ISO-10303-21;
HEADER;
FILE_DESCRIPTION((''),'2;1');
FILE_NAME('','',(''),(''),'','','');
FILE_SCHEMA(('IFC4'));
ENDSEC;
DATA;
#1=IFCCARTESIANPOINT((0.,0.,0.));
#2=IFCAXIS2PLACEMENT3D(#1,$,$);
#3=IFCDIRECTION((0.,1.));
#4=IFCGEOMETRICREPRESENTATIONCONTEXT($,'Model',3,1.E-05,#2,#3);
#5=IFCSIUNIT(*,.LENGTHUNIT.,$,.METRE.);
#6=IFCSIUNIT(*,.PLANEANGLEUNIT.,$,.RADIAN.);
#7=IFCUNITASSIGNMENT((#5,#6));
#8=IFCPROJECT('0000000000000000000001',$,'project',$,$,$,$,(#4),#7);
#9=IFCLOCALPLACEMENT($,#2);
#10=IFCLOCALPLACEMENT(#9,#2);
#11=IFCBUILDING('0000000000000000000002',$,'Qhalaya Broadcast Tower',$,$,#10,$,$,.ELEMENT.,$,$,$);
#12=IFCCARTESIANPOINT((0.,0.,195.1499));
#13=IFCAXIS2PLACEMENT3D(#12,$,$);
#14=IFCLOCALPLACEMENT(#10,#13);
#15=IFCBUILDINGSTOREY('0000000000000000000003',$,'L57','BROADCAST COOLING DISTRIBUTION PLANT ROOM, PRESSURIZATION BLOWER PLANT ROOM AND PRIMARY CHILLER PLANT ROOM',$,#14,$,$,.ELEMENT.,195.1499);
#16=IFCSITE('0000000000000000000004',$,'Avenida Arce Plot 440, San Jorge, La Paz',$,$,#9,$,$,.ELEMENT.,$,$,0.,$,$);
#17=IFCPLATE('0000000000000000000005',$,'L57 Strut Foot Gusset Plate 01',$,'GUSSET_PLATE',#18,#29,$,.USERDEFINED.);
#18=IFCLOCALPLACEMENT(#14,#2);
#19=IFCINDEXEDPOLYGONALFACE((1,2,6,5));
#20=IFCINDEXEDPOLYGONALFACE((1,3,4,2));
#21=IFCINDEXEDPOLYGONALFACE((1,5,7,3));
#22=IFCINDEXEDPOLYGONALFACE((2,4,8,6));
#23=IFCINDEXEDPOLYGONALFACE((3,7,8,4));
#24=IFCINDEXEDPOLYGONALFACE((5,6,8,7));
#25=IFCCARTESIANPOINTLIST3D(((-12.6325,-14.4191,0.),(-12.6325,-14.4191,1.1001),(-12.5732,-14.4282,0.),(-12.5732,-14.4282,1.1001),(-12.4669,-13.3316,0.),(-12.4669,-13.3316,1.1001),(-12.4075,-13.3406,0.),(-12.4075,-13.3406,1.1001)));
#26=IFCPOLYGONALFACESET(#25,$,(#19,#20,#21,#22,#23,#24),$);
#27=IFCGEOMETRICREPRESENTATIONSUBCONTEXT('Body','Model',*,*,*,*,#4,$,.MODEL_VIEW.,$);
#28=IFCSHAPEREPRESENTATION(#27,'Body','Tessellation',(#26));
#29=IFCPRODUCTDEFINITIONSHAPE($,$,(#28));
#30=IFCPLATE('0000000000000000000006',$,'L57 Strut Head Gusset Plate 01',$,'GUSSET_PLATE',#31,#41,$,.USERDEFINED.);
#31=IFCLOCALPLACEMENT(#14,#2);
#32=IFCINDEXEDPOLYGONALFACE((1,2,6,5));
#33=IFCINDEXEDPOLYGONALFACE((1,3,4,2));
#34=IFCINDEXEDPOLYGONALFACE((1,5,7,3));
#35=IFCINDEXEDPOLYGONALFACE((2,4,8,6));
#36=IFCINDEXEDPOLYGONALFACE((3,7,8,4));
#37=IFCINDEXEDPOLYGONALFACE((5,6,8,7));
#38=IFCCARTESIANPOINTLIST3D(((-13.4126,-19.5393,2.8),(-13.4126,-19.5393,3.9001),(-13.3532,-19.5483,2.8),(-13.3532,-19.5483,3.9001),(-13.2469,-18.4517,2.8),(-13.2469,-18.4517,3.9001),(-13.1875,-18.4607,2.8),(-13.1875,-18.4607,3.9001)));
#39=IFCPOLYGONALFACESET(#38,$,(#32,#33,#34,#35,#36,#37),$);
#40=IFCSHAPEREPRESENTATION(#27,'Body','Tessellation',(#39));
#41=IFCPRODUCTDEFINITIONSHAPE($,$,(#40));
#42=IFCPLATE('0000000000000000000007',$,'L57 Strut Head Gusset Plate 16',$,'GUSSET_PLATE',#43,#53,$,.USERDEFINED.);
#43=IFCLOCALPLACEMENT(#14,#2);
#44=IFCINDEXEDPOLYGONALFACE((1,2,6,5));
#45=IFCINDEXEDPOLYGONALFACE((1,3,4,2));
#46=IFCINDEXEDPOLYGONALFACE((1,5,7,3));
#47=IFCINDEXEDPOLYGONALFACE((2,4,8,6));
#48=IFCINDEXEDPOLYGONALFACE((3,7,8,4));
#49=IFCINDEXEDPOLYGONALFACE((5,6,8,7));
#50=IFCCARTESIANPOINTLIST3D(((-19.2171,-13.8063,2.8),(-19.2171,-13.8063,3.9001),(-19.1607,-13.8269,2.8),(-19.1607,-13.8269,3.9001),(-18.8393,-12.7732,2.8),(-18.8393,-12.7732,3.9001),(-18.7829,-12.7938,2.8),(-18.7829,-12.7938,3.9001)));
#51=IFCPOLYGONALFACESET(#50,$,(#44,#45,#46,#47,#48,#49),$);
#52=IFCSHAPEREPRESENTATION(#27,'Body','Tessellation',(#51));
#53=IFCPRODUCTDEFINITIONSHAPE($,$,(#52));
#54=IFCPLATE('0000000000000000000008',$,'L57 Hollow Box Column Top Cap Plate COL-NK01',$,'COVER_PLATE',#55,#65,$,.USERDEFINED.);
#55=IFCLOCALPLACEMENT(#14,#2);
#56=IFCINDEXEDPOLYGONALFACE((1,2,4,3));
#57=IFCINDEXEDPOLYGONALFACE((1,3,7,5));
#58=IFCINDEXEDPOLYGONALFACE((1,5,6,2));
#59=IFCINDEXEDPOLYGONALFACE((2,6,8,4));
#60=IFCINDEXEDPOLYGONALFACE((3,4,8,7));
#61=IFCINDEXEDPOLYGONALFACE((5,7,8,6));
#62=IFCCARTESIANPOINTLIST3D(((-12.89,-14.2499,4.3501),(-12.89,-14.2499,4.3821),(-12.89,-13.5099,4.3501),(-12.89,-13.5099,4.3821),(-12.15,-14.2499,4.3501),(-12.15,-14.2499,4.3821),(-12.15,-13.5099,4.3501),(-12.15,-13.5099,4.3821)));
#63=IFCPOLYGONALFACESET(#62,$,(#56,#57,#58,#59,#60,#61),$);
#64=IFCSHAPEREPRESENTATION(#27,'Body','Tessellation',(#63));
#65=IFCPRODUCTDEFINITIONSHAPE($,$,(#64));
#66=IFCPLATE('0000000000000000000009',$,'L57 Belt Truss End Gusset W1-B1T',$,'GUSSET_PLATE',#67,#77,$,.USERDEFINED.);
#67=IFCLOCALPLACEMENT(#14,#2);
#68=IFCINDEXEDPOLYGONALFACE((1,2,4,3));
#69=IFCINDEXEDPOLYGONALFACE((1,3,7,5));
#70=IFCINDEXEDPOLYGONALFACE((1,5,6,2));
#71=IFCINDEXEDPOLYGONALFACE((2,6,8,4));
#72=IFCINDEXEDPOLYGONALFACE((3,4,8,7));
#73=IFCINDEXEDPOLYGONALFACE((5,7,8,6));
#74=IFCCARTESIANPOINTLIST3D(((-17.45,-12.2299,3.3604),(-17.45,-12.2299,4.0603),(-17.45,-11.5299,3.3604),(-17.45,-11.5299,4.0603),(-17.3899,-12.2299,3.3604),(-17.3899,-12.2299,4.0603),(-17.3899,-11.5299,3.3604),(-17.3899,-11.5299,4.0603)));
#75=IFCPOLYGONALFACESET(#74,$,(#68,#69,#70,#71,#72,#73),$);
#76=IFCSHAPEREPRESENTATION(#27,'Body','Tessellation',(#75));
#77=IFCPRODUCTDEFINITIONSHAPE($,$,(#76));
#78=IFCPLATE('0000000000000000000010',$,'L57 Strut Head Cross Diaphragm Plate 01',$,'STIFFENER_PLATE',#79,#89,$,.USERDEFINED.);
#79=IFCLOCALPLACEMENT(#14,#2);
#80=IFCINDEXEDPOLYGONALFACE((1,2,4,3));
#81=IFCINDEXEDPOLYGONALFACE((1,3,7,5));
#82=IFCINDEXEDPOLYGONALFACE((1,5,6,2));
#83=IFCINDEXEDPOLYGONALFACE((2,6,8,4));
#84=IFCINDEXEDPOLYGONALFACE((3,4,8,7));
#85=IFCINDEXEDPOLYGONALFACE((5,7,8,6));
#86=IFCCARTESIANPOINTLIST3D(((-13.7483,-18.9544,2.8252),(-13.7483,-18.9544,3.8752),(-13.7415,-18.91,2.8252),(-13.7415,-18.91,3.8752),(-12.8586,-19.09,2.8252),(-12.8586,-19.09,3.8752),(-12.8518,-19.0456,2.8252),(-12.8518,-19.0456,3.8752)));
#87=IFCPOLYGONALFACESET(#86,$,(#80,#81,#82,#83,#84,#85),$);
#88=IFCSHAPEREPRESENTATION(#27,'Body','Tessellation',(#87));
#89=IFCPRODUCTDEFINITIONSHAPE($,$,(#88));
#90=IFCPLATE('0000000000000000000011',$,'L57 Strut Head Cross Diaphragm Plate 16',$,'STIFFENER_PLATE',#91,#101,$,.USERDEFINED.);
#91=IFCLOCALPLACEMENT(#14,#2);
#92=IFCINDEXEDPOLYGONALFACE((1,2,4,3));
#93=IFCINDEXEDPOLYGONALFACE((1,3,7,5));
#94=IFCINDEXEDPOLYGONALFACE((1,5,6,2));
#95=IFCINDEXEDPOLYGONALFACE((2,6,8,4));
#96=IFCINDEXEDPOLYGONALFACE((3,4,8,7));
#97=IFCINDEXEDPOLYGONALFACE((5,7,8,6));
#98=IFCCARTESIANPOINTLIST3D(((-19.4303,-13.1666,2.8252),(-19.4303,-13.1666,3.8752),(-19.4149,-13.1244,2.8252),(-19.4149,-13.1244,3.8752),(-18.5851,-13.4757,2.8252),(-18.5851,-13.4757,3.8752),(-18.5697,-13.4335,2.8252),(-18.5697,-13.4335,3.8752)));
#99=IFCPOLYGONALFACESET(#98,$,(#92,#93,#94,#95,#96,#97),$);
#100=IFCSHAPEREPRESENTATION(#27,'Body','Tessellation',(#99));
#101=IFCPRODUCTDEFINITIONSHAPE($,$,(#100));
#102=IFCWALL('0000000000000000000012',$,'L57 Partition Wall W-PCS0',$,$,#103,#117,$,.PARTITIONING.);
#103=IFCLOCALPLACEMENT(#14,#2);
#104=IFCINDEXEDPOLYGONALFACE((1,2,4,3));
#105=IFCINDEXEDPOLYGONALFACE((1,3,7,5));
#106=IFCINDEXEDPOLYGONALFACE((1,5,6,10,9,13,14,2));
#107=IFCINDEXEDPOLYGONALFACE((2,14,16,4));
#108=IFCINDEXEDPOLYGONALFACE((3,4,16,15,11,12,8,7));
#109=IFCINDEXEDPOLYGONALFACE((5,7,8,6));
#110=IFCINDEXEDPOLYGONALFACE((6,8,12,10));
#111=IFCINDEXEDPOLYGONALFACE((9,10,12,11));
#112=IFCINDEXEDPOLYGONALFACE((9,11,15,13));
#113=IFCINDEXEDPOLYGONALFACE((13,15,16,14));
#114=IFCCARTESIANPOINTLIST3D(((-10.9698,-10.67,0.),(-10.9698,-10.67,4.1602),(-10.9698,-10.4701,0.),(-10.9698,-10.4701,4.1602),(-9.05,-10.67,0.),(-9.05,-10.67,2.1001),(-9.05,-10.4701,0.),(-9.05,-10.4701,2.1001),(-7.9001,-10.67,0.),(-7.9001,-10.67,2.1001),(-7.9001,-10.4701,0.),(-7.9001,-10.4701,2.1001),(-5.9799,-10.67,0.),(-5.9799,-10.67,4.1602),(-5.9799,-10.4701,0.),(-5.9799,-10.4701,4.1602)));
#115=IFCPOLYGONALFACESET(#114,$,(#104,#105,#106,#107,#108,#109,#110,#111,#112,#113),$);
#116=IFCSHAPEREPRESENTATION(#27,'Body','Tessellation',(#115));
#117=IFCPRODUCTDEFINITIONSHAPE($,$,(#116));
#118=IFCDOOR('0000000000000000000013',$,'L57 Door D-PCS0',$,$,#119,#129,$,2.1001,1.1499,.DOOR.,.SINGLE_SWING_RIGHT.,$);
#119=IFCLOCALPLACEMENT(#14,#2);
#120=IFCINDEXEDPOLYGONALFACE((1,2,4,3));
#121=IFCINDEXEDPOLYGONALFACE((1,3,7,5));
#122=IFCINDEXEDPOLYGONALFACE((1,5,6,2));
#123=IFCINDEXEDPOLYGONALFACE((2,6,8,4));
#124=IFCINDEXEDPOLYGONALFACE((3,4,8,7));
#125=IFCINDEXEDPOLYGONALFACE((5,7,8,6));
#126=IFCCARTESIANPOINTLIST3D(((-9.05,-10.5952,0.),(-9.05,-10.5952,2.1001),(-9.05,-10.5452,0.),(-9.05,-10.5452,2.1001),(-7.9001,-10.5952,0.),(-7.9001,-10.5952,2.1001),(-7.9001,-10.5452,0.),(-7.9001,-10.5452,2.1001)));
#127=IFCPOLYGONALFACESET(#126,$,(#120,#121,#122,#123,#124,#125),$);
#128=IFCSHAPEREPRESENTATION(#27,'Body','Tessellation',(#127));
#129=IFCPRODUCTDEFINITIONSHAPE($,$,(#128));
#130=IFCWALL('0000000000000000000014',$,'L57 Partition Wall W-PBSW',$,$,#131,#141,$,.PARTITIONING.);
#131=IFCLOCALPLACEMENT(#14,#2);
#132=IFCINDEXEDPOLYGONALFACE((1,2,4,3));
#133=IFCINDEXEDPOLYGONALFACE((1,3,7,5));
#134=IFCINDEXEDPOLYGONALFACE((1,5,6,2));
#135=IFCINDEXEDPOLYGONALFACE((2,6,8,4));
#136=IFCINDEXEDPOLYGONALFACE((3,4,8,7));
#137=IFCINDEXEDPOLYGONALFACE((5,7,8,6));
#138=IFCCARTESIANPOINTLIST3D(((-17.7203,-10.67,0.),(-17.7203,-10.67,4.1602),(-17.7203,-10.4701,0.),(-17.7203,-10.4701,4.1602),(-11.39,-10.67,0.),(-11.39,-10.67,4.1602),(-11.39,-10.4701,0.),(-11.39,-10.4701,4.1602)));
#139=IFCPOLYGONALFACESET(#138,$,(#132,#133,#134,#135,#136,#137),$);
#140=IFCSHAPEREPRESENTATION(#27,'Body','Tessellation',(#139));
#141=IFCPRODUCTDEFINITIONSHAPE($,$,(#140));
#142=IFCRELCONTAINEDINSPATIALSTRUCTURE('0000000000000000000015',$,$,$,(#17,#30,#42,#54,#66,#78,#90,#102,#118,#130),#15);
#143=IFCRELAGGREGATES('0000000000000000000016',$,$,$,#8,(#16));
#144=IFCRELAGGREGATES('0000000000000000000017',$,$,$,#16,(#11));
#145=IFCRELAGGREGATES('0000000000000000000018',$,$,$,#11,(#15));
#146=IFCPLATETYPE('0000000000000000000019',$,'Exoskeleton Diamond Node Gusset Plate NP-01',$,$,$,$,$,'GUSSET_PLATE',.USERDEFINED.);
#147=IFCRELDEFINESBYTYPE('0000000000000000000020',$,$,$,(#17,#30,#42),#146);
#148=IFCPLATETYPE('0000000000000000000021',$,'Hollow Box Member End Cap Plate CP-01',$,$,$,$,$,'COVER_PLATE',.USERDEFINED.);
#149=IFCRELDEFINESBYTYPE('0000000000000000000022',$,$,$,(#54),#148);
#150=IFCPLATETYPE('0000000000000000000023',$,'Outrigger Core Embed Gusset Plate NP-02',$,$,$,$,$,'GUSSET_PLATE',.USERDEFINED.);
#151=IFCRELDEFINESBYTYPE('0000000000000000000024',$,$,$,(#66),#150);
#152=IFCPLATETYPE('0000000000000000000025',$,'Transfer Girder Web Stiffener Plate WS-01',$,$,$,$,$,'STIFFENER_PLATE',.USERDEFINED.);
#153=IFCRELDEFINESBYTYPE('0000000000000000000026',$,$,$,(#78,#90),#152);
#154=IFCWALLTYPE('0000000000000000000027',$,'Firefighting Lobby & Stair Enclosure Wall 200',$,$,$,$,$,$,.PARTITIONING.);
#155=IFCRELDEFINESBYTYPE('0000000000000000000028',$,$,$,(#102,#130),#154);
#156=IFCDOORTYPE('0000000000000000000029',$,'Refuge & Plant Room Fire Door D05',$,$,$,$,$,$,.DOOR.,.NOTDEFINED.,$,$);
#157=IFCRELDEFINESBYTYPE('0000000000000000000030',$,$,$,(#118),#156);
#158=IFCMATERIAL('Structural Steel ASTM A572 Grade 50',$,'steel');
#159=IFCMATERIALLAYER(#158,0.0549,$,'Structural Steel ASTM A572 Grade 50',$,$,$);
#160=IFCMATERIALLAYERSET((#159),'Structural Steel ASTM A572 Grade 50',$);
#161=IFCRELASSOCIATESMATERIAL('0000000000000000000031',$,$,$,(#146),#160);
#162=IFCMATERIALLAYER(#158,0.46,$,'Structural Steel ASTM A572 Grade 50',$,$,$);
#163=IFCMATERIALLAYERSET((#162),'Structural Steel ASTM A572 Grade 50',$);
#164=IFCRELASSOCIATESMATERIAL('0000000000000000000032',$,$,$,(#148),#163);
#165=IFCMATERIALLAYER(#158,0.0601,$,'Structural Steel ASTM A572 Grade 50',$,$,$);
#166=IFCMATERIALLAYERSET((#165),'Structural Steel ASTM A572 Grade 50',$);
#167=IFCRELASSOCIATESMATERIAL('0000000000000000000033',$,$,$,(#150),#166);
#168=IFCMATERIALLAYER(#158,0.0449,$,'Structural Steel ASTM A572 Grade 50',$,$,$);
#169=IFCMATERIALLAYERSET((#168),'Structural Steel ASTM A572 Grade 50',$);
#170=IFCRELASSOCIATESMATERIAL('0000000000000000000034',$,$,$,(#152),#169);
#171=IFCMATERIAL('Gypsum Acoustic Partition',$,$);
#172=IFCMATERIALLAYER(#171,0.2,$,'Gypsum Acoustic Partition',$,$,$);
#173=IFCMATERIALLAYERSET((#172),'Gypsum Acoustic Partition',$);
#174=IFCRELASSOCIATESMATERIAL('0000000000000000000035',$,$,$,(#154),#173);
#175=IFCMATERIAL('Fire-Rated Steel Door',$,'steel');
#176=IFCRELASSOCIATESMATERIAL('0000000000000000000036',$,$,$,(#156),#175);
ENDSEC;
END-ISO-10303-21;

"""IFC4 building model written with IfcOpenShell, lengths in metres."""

from ifc_helpers import new_model, si_unit, direction, frame, frame_2d, origin, origin_2d, place, context, subcontext, project, spatial, rectangle, extrude, material, layer, layer_set, type_object, element, fill, save


model = new_model("IFC4")

# Units and contexts
model_context = context("Model", 3, precision=1e-05, world=origin(), true_north=direction((0.0, 1.0)))
body_context = subcontext(model_context, "Body", "Model", "MODEL_VIEW")
ifc_project = project(units=[si_unit("LENGTHUNIT", "METRE"), si_unit("PLANEANGLEUNIT", "RADIAN")], contexts=[model_context])

# Site, building, storey
site_placement = place(None, origin())
site = spatial("IfcSite", under=ifc_project, at=site_placement, Name="Avenida Arce Plot 440, San Jorge, La Paz", CompositionType="ELEMENT", RefElevation=0.0)
building_placement = place(site_placement, origin())
building = spatial("IfcBuilding", under=site, at=building_placement, Name="Qhalaya Broadcast Tower", CompositionType="ELEMENT")
storey_placement = place(building_placement, frame((0.0, 0.0, 195.1499)))
storey = spatial("IfcBuildingStorey", under=building, at=storey_placement, Name="L57", Description="BROADCAST COOLING DISTRIBUTION PLANT ROOM, PRESSURIZATION BLOWER PLANT ROOM AND PRIMARY CHILLER PLANT ROOM", CompositionType="ELEMENT", Elevation=195.1499)

# Shared definitions
ifc_material_1 = material(Name="Structural Steel ASTM A572 Grade 50", Category="steel")

# Plates
ifc_layer_1 = layer(ifc_material_1, 0.0549, Name="Structural Steel ASTM A572 Grade 50")
ifc_layer_set_1 = layer_set([ifc_layer_1], Name="Structural Steel ASTM A572 Grade 50")
plate_type_1 = type_object("IfcPlateType", Name="Exoskeleton Diamond Node Gusset Plate NP-01", ElementType="GUSSET_PLATE", PredefinedType="USERDEFINED", material=ifc_layer_set_1)
for number, where, z_axis, x_axis, name in (
    (1, (-12.52, -13.8799, 0.0), (0.0, 0.0, 1.0), (-0.150605, -0.988594, 0.0), "L57 Strut Foot Gusset Plate 01"),
    (2, (-13.3, -19.0, 2.8), (0.0, 0.0, 1.0), (-0.150605, -0.988594, 0.0), "L57 Strut Head Gusset Plate 01"),
    (3, (-19.0, -13.3, 2.8), (0.0, 0.0, 1.0), (-0.343496, -0.939154, 0.0), "L57 Strut Head Gusset Plate 16"),
):
    element("IfcPlate", number, at=place(storey_placement, frame(where, z_axis=z_axis, x_axis=x_axis)), inside=storey, type_object=plate_type_1, Name=name, ObjectType="GUSSET_PLATE", PredefinedType="USERDEFINED", context=body_context, shape_type="SweptSolid", body=[
        extrude(rectangle(XDim=1.1001, YDim=0.0601, at=origin_2d()), origin(), (0.0, 0.0, 1.0), 1.1001),
    ])
ifc_layer_2 = layer(ifc_material_1, 0.46, Name="Structural Steel ASTM A572 Grade 50")
ifc_layer_set_2 = layer_set([ifc_layer_2], Name="Structural Steel ASTM A572 Grade 50")
plate_type_2 = type_object("IfcPlateType", Name="Hollow Box Member End Cap Plate CP-01", ElementType="COVER_PLATE", PredefinedType="USERDEFINED", material=ifc_layer_set_2)
plate_1_placement = place(storey_placement, frame((-12.52, -13.8799, 4.3501), z_axis=(0.0, 0.0, 1.0), x_axis=(1.0, 0.0, 0.0)))
element("IfcPlate", 4, at=plate_1_placement, inside=storey, type_object=plate_type_2, Name="L57 Hollow Box Column Top Cap Plate COL-NK01", ObjectType="COVER_PLATE", PredefinedType="USERDEFINED", context=body_context, shape_type="SweptSolid", body=[
    extrude(rectangle(XDim=0.74, YDim=0.74, at=origin_2d()), origin(), (0.0, 0.0, 1.0), 0.032),
])
ifc_layer_3 = layer(ifc_material_1, 0.0601, Name="Structural Steel ASTM A572 Grade 50")
ifc_layer_set_3 = layer_set([ifc_layer_3], Name="Structural Steel ASTM A572 Grade 50")
plate_type_3 = type_object("IfcPlateType", Name="Outrigger Core Embed Gusset Plate NP-02", ElementType="GUSSET_PLATE", PredefinedType="USERDEFINED", material=ifc_layer_set_3)
plate_2_placement = place(storey_placement, frame((-17.4199, -11.8799, 3.3604), z_axis=(0.0, 0.0, 1.0), x_axis=(0.0, 1.0, 0.0)))
element("IfcPlate", 5, at=plate_2_placement, inside=storey, type_object=plate_type_3, Name="L57 Belt Truss End Gusset W1-B1T", ObjectType="GUSSET_PLATE", PredefinedType="USERDEFINED", context=body_context, shape_type="SweptSolid", body=[
    extrude(rectangle(XDim=0.7, YDim=0.0601, at=origin_2d()), origin(), (0.0, 0.0, 1.0), 0.7),
])
ifc_layer_4 = layer(ifc_material_1, 0.0449, Name="Structural Steel ASTM A572 Grade 50")
ifc_layer_set_4 = layer_set([ifc_layer_4], Name="Structural Steel ASTM A572 Grade 50")
plate_type_4 = type_object("IfcPlateType", Name="Transfer Girder Web Stiffener Plate WS-01", ElementType="STIFFENER_PLATE", PredefinedType="USERDEFINED", material=ifc_layer_set_4)
for number, where, z_axis, x_axis, name in (
    (6, (-13.3, -19.0, 2.8252), (0.0, 0.0, 1.0), (0.988594, -0.150605, 0.0), "L57 Strut Head Cross Diaphragm Plate 01"),
    (7, (-19.0, -13.3, 2.8252), (0.0, 0.0, 1.0), (0.939154, -0.343496, 0.0), "L57 Strut Head Cross Diaphragm Plate 16"),
):
    element("IfcPlate", number, at=place(storey_placement, frame(where, z_axis=z_axis, x_axis=x_axis)), inside=storey, type_object=plate_type_4, Name=name, ObjectType="STIFFENER_PLATE", PredefinedType="USERDEFINED", context=body_context, shape_type="SweptSolid", body=[
        extrude(rectangle(XDim=0.8999, YDim=0.0449, at=origin_2d()), origin(), (0.0, 0.0, 1.0), 1.05),
    ])

# Wall, opening, door
ifc_material_2 = material(Name="Gypsum Acoustic Partition")
ifc_layer_5 = layer(ifc_material_2, 0.2, Name="Gypsum Acoustic Partition")
ifc_layer_set_5 = layer_set([ifc_layer_5], Name="Gypsum Acoustic Partition")
wall_type = type_object("IfcWallType", Name="Firefighting Lobby & Stair Enclosure Wall 200", PredefinedType="PARTITIONING", material=ifc_layer_set_5)
wall_1_placement = place(storey_placement, frame((-10.97, -10.5701, 0.0), z_axis=(0.0, 0.0, 1.0), x_axis=(1.0, 0.0, 0.0)))
wall_1 = element("IfcWall", 8, at=wall_1_placement, inside=storey, type_object=wall_type, Name="L57 Partition Wall W-PCS0", PredefinedType="PARTITIONING", context=body_context, shape_type="SweptSolid", body=[
    extrude(rectangle(XDim=4.99, YDim=0.2, at=frame_2d((2.4951, 0.0))), origin(), (0.0, 0.0, 1.0), 4.1602),
])
opening_placement = place(wall_1_placement, frame((1.9199, 0.0, 0.0)))
opening = element("IfcOpeningElement", 9, at=opening_placement, cuts=wall_1, PredefinedType="OPENING", context=body_context, shape_type="SweptSolid", body=[
    extrude(rectangle(XDim=1.1499, YDim=2.1001, at=frame_2d((0.575, 1.05))), frame((0.0, 0.1121, 0.0), z_axis=(0.0, -1.0, 0.0), x_axis=(1.0, 0.0, 0.0)), (0.0, 0.0, 1.0), 0.2239),
])
ifc_material_3 = material(Name="Fire-Rated Steel Door", Category="steel")
door_type = type_object("IfcDoorType", Name="Refuge & Plant Room Fire Door D05", OperationType="NOTDEFINED", PredefinedType="DOOR", material=ifc_material_3)
door_placement = place(opening_placement, origin())
door = element("IfcDoor", 10, at=door_placement, inside=storey, type_object=door_type, Name="L57 Door D-PCS0", OperationType="SINGLE_SWING_RIGHT", OverallHeight=2.1001, OverallWidth=1.1499, PredefinedType="DOOR", context=body_context, shape_type="SweptSolid", body=[
    extrude(rectangle(XDim=1.1499, YDim=2.1001, at=frame_2d((0.575, 1.05))), frame((0.0, 0.0249, 0.0), z_axis=(0.0, -1.0, 0.0), x_axis=(1.0, 0.0, 0.0)), (0.0, 0.0, 1.0), 0.05),
])
fill(opening, door)

# Wall
wall_2_placement = place(storey_placement, frame((-17.7202, -10.5701, 0.0), z_axis=(0.0, 0.0, 1.0), x_axis=(1.0, 0.0, 0.0)))
element("IfcWall", 11, at=wall_2_placement, inside=storey, type_object=wall_type, Name="L57 Partition Wall W-PBSW", PredefinedType="PARTITIONING", context=body_context, shape_type="SweptSolid", body=[
    extrude(rectangle(XDim=6.3303, YDim=0.2, at=frame_2d((3.165, 0.0))), origin(), (0.0, 0.0, 1.0), 4.1602),
])

save(model, "model.ifc")
